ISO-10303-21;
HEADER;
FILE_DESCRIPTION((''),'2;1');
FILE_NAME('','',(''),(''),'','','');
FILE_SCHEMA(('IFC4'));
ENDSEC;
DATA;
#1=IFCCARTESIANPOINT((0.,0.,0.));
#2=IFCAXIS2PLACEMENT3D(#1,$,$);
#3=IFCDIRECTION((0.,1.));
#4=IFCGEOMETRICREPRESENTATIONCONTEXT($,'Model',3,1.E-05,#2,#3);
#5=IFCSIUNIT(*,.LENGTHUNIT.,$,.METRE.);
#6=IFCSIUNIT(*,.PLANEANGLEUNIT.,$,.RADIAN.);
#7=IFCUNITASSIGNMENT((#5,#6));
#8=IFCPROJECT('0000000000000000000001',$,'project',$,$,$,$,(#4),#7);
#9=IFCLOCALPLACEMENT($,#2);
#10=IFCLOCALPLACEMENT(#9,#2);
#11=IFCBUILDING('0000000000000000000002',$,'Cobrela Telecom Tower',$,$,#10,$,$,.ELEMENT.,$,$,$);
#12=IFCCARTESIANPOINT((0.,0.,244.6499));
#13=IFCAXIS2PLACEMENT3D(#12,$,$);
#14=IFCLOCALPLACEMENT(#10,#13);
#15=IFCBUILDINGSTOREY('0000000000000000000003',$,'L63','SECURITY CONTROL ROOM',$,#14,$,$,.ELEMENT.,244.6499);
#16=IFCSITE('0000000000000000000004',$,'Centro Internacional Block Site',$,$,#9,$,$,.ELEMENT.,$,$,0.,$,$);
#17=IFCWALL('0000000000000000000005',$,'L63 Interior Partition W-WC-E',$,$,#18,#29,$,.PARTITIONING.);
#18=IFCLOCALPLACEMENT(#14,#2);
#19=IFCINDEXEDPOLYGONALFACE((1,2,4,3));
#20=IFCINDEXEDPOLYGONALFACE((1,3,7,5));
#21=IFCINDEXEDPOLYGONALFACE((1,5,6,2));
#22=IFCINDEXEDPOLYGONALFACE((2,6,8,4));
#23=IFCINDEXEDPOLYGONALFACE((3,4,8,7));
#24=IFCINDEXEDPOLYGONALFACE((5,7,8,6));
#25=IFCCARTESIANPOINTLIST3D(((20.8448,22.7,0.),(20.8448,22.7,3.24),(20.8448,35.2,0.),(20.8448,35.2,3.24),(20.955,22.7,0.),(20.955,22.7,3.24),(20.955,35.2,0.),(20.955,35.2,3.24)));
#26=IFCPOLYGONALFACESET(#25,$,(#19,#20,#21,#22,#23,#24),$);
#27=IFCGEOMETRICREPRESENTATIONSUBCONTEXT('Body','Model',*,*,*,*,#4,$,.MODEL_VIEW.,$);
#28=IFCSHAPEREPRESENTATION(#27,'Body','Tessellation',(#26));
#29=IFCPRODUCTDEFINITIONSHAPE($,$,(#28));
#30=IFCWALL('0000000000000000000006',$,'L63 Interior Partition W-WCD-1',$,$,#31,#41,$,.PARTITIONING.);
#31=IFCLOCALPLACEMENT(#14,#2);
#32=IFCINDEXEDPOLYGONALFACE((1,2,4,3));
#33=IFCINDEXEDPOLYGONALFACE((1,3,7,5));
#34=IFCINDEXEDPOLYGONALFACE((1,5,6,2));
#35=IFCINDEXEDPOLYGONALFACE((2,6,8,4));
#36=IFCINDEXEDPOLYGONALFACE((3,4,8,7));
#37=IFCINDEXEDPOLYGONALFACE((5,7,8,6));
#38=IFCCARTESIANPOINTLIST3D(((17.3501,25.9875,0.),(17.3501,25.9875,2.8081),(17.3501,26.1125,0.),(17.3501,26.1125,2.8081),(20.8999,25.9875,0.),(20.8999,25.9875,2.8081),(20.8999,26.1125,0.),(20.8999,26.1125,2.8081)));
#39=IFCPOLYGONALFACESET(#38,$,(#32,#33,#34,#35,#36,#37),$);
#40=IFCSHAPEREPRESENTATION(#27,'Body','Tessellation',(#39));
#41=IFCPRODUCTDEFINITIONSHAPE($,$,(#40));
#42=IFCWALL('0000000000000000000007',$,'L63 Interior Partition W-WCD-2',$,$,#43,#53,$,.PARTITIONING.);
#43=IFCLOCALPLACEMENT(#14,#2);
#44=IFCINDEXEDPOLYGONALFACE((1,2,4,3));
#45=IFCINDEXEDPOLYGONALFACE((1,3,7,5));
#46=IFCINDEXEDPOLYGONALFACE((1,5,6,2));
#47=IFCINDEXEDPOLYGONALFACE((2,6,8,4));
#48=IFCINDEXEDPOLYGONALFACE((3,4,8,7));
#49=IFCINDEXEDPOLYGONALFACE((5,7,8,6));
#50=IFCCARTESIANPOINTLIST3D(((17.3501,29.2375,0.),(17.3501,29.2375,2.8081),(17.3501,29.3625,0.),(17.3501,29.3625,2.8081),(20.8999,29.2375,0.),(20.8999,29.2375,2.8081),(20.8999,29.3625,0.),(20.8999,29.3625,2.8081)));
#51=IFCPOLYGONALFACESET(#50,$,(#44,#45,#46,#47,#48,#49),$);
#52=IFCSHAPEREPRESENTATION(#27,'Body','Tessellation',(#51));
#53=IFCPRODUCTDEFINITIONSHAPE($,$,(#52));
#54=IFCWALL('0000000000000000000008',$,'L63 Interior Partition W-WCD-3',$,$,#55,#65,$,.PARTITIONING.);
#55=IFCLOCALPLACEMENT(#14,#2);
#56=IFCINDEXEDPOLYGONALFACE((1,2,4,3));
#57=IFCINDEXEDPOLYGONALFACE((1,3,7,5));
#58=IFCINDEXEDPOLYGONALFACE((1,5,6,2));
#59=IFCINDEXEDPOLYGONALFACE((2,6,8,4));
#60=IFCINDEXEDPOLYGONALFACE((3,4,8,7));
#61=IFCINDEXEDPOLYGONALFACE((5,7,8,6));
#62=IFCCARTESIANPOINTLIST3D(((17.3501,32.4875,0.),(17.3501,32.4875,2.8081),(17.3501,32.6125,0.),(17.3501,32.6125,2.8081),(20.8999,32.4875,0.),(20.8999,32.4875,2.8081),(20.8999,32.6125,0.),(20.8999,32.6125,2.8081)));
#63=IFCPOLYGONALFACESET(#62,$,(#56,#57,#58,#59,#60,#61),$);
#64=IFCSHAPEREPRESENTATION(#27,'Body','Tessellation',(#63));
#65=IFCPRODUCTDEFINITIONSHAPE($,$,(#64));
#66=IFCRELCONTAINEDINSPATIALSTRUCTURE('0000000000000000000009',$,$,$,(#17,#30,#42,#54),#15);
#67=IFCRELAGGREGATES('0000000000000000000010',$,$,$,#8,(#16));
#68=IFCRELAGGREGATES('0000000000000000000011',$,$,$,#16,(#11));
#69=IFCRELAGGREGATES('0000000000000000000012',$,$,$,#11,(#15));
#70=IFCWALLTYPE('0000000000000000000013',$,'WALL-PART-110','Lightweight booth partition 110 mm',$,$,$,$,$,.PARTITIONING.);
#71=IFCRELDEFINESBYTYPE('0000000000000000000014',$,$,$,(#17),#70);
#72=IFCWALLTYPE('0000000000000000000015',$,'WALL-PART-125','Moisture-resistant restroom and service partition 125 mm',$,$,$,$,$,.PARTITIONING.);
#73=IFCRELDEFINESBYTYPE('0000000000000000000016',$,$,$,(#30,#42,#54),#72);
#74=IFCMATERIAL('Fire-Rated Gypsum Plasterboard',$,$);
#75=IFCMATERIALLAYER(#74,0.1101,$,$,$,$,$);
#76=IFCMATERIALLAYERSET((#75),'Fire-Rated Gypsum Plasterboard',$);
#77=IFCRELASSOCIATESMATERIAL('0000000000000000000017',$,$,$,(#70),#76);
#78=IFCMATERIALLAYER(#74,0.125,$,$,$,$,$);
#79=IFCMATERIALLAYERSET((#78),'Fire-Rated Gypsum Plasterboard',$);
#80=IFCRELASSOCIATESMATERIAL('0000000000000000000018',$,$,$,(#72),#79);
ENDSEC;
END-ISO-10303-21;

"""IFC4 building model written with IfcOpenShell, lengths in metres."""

from ifc_helpers import new_model, si_unit, direction, frame, frame_2d, origin, place, context, subcontext, project, spatial, rectangle, extrude, material, layer, layer_set, type_object, element, save


model = new_model("IFC4")

# Units and contexts
model_context = context("Model", 3, precision=1e-05, world=origin(), true_north=direction((0.0, 1.0)))
body_context = subcontext(model_context, "Body", "Model", "MODEL_VIEW")
ifc_project = project(units=[si_unit("LENGTHUNIT", "METRE"), si_unit("PLANEANGLEUNIT", "RADIAN")], contexts=[model_context])

# Site, building, storey
site_placement = place(None, origin())
site = spatial("IfcSite", under=ifc_project, at=site_placement, Name="Centro Internacional Block Site", CompositionType="ELEMENT", RefElevation=0.0)
building_placement = place(site_placement, origin())
building = spatial("IfcBuilding", under=site, at=building_placement, Name="Cobrela Telecom Tower", CompositionType="ELEMENT")
storey_placement = place(building_placement, frame((0.0, 0.0, 244.6499)))
storey = spatial("IfcBuildingStorey", under=building, at=storey_placement, Name="L63", Description="SECURITY CONTROL ROOM", CompositionType="ELEMENT", Elevation=244.6499)

# Walls
ifc_material_1 = material(Name="Fire-Rated Gypsum Plasterboard")
ifc_layer_1 = layer(ifc_material_1, 0.1101)
ifc_layer_set_1 = layer_set([ifc_layer_1], Name="Fire-Rated Gypsum Plasterboard")
wall_type_1 = type_object("IfcWallType", Name="WALL-PART-110", Description="Lightweight booth partition 110 mm", PredefinedType="PARTITIONING", material=ifc_layer_set_1)
wall_1_placement = place(storey_placement, frame((20.8999, 22.7, 0.0), z_axis=(0.0, 0.0, 1.0), x_axis=(0.0, 1.0, 0.0)))
element("IfcWall", 1, at=wall_1_placement, inside=storey, type_object=wall_type_1, Name="L63 Interior Partition W-WC-E", PredefinedType="PARTITIONING", context=body_context, shape_type="SweptSolid", body=[
    extrude(rectangle(XDim=12.5, YDim=0.1101, at=frame_2d((6.25, 0.0))), origin(), (0.0, 0.0, 1.0), 3.24),
])
ifc_layer_2 = layer(ifc_material_1, 0.125)
ifc_layer_set_2 = layer_set([ifc_layer_2], Name="Fire-Rated Gypsum Plasterboard")
wall_type_2 = type_object("IfcWallType", Name="WALL-PART-125", Description="Moisture-resistant restroom and service partition 125 mm", PredefinedType="PARTITIONING", material=ifc_layer_set_2)
for number, where, z_axis, x_axis, name in (
    (2, (17.3501, 26.05, 0.0), (0.0, 0.0, 1.0), (1.0, 0.0, 0.0), "L63 Interior Partition W-WCD-1"),
    (3, (17.3501, 29.3, 0.0), (0.0, 0.0, 1.0), (1.0, 0.0, 0.0), "L63 Interior Partition W-WCD-2"),
    (4, (17.3501, 32.55, 0.0), (0.0, 0.0, 1.0), (1.0, 0.0, 0.0), "L63 Interior Partition W-WCD-3"),
):
    element("IfcWall", number, at=place(storey_placement, frame(where, z_axis=z_axis, x_axis=x_axis)), inside=storey, type_object=wall_type_2, Name=name, PredefinedType="PARTITIONING", context=body_context, shape_type="SweptSolid", body=[
        extrude(rectangle(XDim=3.5498, YDim=0.125, at=frame_2d((1.7749, 0.0))), origin(), (0.0, 0.0, 1.0), 2.8081),
    ])

save(model, "model.ifc")
